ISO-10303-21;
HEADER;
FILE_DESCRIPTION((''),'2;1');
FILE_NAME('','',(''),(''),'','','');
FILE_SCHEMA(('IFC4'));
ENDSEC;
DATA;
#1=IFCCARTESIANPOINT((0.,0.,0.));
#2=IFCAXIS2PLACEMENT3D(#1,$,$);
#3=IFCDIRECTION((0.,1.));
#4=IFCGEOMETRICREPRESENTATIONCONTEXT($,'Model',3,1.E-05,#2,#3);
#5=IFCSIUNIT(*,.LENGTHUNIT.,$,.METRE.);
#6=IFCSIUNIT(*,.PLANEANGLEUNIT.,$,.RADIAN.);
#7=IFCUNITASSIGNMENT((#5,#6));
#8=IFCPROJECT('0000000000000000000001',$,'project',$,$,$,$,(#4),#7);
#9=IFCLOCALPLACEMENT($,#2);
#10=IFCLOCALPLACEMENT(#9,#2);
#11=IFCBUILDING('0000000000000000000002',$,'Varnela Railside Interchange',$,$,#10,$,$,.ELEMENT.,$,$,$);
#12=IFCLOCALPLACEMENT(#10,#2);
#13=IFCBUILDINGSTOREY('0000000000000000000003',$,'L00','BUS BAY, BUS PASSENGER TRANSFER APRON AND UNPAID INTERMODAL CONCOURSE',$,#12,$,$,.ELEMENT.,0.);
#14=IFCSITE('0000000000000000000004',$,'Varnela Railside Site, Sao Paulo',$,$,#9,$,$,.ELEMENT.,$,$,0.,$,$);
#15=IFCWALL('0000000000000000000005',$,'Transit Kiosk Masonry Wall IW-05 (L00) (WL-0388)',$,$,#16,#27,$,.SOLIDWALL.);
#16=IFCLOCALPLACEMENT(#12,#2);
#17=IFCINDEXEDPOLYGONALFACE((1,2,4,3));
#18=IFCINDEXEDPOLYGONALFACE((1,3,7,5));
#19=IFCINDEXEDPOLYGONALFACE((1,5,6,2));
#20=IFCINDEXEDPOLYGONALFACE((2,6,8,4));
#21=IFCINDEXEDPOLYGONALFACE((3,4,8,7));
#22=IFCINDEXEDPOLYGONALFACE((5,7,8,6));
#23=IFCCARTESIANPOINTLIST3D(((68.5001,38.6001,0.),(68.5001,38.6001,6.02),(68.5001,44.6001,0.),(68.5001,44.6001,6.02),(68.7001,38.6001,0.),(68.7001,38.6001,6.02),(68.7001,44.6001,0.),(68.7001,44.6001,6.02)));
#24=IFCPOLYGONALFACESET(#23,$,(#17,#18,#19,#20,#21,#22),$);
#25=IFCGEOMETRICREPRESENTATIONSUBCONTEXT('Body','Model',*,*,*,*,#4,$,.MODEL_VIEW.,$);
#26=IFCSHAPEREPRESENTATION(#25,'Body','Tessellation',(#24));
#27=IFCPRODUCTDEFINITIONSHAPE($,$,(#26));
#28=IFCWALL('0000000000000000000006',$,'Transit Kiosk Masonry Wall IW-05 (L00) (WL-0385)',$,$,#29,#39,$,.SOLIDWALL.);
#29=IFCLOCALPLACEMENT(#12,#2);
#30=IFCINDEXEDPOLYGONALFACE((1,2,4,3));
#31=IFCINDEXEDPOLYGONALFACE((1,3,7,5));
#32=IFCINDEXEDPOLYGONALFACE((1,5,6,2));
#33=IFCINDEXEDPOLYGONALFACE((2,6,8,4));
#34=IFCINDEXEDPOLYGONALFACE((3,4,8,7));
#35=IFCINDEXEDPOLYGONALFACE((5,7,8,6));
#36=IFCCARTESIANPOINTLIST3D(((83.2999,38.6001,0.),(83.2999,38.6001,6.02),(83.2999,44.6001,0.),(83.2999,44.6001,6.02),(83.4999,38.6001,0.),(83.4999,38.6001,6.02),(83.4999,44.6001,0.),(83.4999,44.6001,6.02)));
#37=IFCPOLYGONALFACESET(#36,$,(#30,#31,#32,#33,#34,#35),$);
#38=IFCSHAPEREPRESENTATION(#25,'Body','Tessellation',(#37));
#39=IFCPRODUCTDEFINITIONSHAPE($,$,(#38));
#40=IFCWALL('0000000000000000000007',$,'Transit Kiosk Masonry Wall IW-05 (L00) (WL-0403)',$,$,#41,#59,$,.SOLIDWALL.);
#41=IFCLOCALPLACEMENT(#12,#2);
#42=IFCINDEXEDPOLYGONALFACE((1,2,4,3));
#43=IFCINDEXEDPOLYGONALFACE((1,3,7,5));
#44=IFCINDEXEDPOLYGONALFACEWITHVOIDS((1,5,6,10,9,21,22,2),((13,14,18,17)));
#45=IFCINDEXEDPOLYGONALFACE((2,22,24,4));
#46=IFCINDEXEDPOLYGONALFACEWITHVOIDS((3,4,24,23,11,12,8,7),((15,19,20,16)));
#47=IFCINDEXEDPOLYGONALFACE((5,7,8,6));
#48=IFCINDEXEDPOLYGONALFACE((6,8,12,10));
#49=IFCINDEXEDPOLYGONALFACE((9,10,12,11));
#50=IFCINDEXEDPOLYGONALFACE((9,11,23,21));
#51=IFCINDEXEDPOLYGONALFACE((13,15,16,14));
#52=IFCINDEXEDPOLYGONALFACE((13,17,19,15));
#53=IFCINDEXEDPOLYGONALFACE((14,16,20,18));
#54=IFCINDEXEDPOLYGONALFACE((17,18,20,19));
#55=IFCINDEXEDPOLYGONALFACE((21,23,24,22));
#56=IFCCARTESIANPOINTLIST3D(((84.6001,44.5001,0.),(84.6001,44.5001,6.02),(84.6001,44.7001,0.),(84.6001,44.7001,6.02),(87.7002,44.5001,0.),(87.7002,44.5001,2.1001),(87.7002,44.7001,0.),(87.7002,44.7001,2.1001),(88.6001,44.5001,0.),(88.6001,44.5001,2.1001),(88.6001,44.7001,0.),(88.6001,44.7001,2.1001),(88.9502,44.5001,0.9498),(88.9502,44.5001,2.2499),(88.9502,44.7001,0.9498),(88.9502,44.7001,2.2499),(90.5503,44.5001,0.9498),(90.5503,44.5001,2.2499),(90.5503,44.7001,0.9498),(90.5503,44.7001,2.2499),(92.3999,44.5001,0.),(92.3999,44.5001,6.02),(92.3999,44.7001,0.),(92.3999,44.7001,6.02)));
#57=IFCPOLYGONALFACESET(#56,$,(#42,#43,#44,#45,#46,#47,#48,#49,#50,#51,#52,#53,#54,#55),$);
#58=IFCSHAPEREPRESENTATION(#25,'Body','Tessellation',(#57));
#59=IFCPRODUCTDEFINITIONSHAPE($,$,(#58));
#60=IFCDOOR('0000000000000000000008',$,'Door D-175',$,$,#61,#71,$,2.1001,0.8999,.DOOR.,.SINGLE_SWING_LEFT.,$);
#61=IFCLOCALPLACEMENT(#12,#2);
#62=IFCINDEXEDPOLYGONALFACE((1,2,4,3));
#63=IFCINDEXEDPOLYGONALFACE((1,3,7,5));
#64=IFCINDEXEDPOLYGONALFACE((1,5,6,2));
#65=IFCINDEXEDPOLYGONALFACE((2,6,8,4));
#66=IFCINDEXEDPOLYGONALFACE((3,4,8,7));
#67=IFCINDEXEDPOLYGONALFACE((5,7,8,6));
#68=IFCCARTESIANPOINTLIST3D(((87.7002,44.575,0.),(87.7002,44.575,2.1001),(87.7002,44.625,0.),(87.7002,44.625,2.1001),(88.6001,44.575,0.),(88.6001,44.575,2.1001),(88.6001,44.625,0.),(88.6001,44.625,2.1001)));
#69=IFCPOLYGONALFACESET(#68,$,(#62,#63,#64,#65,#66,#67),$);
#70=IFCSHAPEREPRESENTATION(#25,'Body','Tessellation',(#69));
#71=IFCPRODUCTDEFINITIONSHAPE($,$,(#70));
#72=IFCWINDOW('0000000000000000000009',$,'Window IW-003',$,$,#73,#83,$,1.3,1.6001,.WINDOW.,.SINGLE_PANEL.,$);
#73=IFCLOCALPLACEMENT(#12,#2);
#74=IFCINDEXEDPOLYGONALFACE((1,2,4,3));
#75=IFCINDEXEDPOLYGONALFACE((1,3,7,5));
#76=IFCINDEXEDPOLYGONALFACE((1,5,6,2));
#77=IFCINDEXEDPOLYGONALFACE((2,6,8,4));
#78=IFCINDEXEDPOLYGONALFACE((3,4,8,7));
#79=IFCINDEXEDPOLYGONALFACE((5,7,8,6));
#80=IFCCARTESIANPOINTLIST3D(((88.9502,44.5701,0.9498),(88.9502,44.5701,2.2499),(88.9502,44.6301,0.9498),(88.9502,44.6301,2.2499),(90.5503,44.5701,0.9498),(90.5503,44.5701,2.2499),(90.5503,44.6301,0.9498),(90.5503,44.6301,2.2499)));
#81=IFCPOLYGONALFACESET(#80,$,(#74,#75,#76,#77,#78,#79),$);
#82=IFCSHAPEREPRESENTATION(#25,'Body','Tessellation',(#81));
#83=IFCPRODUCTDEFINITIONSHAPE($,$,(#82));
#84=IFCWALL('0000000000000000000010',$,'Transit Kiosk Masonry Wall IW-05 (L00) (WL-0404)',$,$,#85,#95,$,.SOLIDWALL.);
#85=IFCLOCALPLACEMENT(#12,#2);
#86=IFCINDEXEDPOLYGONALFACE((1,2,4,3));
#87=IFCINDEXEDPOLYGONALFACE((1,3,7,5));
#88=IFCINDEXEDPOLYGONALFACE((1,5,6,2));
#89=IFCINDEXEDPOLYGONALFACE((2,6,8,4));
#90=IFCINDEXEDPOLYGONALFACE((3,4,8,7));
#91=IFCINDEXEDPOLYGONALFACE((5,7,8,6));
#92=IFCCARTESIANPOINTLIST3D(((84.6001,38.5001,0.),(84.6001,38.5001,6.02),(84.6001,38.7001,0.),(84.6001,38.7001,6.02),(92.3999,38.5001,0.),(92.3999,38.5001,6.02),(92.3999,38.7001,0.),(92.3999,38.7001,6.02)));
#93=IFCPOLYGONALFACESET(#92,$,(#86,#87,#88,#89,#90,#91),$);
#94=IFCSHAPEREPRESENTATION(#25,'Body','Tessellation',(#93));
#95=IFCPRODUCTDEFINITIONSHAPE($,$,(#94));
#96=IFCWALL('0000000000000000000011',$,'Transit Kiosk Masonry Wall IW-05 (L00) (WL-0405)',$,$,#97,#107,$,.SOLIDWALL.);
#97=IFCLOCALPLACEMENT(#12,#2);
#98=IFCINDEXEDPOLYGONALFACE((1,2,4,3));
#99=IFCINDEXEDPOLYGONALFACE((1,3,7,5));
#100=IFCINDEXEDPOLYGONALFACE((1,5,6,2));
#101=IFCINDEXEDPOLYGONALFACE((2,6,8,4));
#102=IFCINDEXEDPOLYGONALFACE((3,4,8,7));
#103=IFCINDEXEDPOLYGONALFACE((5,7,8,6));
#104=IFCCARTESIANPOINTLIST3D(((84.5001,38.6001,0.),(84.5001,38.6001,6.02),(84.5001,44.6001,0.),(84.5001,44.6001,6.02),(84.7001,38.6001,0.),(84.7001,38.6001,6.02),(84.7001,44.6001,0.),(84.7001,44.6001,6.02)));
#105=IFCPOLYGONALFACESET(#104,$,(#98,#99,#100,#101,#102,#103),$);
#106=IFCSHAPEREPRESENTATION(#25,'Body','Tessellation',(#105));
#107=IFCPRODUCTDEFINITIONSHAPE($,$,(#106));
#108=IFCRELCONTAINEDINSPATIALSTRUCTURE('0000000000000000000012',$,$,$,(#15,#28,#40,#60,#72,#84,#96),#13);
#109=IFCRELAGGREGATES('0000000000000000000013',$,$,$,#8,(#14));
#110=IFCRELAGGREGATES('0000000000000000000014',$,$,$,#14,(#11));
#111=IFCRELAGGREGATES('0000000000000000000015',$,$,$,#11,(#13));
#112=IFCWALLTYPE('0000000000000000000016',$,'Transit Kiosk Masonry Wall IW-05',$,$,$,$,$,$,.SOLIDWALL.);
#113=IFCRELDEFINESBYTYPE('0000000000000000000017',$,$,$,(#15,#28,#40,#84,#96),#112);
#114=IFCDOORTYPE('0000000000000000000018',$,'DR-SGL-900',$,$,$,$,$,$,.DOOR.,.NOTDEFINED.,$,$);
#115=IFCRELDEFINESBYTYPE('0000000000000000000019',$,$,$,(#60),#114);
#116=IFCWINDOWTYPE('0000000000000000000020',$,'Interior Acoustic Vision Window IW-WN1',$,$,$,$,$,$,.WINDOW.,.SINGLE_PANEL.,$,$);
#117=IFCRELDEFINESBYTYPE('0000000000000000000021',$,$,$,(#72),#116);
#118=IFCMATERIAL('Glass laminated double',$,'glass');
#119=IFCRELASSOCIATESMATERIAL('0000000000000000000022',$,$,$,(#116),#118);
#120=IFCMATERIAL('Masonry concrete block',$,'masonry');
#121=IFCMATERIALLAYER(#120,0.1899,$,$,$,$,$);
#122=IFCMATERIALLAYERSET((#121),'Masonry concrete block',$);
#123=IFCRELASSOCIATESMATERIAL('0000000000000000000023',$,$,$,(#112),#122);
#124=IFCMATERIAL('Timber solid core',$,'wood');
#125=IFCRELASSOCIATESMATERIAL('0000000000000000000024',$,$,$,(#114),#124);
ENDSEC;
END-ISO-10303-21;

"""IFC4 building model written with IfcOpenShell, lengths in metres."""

from ifc_helpers import new_model, si_unit, direction, frame, frame_2d, origin, place, context, subcontext, project, spatial, rectangle, extrude, material, layer, layer_set, type_object, element, fill, save


model = new_model("IFC4")

# Units and contexts
model_context = context("Model", 3, precision=1e-05, world=origin(), true_north=direction((0.0, 1.0)))
body_context = subcontext(model_context, "Body", "Model", "MODEL_VIEW")
ifc_project = project(units=[si_unit("LENGTHUNIT", "METRE"), si_unit("PLANEANGLEUNIT", "RADIAN")], contexts=[model_context])

# Site, building, storey
site_placement = place(None, origin())
site = spatial("IfcSite", under=ifc_project, at=site_placement, Name="Varnela Railside Site, Sao Paulo", CompositionType="ELEMENT", RefElevation=0.0)
building_placement = place(site_placement, origin())
building = spatial("IfcBuilding", under=site, at=building_placement, Name="Varnela Railside Interchange", CompositionType="ELEMENT")
storey_placement = place(building_placement, origin())
storey = spatial("IfcBuildingStorey", under=building, at=storey_placement, Name="L00", Description="BUS BAY, BUS PASSENGER TRANSFER APRON AND UNPAID INTERMODAL CONCOURSE", CompositionType="ELEMENT", Elevation=0.0)

# Shared definitions
ifc_material_1 = material(Name="Glass laminated double", Category="glass")
window_type = type_object("IfcWindowType", Name="Interior Acoustic Vision Window IW-WN1", PartitioningType="SINGLE_PANEL", PredefinedType="WINDOW", material=ifc_material_1)

# Walls
ifc_material_2 = material(Name="Masonry concrete block", Category="masonry")
ifc_layer_1 = layer(ifc_material_2, 0.1899)
ifc_layer_set_1 = layer_set([ifc_layer_1], Name="Masonry concrete block")
wall_type_1 = type_object("IfcWallType", Name="Transit Kiosk Masonry Wall IW-05", PredefinedType="SOLIDWALL", material=ifc_layer_set_1)
for number, where, z_axis, x_axis, name in (
    (1, (68.6001, 38.6001, 0.0), (0.0, 0.0, 1.0), (0.0, 1.0, 0.0), "Transit Kiosk Masonry Wall IW-05 (L00) (WL-0388)"),
    (2, (83.3999, 38.6001, 0.0), (0.0, 0.0, 1.0), (0.0, 1.0, 0.0), "Transit Kiosk Masonry Wall IW-05 (L00) (WL-0385)"),
):
    element("IfcWall", number, at=place(storey_placement, frame(where, z_axis=z_axis, x_axis=x_axis)), inside=storey, type_object=wall_type_1, Name=name, PredefinedType="SOLIDWALL", context=body_context, shape_type="SweptSolid", body=[
        extrude(rectangle(XDim=6.0, YDim=0.2, at=frame_2d((3.0, 0.0))), origin(), (0.0, 0.0, 1.0), 6.02),
    ])

# Wall, openings, door, window
wall_1_placement = place(storey_placement, frame((84.6001, 44.6001, 0.0), z_axis=(0.0, 0.0, 1.0), x_axis=(1.0, 0.0, 0.0)))
wall_1 = element("IfcWall", 3, at=wall_1_placement, inside=storey, type_object=wall_type_1, Name="Transit Kiosk Masonry Wall IW-05 (L00) (WL-0403)", PredefinedType="SOLIDWALL", context=body_context, shape_type="SweptSolid", body=[
    extrude(rectangle(XDim=7.7998, YDim=0.2, at=frame_2d((3.8999, 0.0))), origin(), (0.0, 0.0, 1.0), 6.02),
])
opening_1_placement = place(wall_1_placement, frame((3.1001, 0.0, 0.0)))
opening_1 = element("IfcOpeningElement", 4, at=opening_1_placement, cuts=wall_1, PredefinedType="OPENING", context=body_context, shape_type="SweptSolid", body=[
    extrude(rectangle(XDim=0.8999, YDim=2.1001, at=frame_2d((0.45, 1.05))), frame((0.0, 0.1099, 0.0), z_axis=(0.0, -1.0, 0.0), x_axis=(1.0, 0.0, 0.0)), (0.0, 0.0, 1.0), 0.22),
])
opening_2_placement = place(wall_1_placement, frame((4.3501, 0.0, 0.95)))
opening_2 = element("IfcOpeningElement", 5, at=opening_2_placement, cuts=wall_1, PredefinedType="OPENING", context=body_context, shape_type="SweptSolid", body=[
    extrude(rectangle(XDim=1.6001, YDim=1.3, at=frame_2d((0.8, 0.6499))), frame((0.0, 0.1099, 0.0), z_axis=(0.0, -1.0, 0.0), x_axis=(1.0, 0.0, 0.0)), (0.0, 0.0, 1.0), 0.22),
])
ifc_material_3 = material(Name="Timber solid core", Category="wood")
door_type_1 = type_object("IfcDoorType", Name="DR-SGL-900", OperationType="NOTDEFINED", PredefinedType="DOOR", material=ifc_material_3)
door_1_placement = place(opening_1_placement, origin())
door_1 = element("IfcDoor", 6, at=door_1_placement, inside=storey, type_object=door_type_1, Name="Door D-175", OperationType="SINGLE_SWING_LEFT", OverallHeight=2.1001, OverallWidth=0.8999, PredefinedType="DOOR", context=body_context, shape_type="SweptSolid", body=[
    extrude(rectangle(XDim=0.8999, YDim=2.1001, at=frame_2d((0.45, 1.05))), frame((0.0, 0.0249, 0.0), z_axis=(0.0, -1.0, 0.0), x_axis=(1.0, 0.0, 0.0)), (0.0, 0.0, 1.0), 0.05),
])
fill(opening_1, door_1)
window_1_placement = place(opening_2_placement, origin())
window_1 = element("IfcWindow", 7, at=window_1_placement, inside=storey, type_object=window_type, Name="Window IW-003", OverallHeight=1.3, OverallWidth=1.6001, PartitioningType="SINGLE_PANEL", PredefinedType="WINDOW", context=body_context, shape_type="SweptSolid", body=[
    extrude(rectangle(XDim=1.6001, YDim=1.3, at=frame_2d((0.8, 0.6499))), frame((0.0, 0.03, 0.0), z_axis=(0.0, -1.0, 0.0), x_axis=(1.0, 0.0, 0.0)), (0.0, 0.0, 1.0), 0.0601),
])
fill(opening_2, window_1)

# Walls
wall_2_placement = place(storey_placement, frame((84.6001, 38.6001, 0.0), z_axis=(0.0, 0.0, 1.0), x_axis=(1.0, 0.0, 0.0)))
element("IfcWall", 8, at=wall_2_placement, inside=storey, type_object=wall_type_1, Name="Transit Kiosk Masonry Wall IW-05 (L00) (WL-0404)", PredefinedType="SOLIDWALL", context=body_context, shape_type="SweptSolid", body=[
    extrude(rectangle(XDim=7.7998, YDim=0.2, at=frame_2d((3.8999, 0.0))), origin(), (0.0, 0.0, 1.0), 6.02),
])
wall_3_placement = place(storey_placement, frame((84.6001, 38.6001, 0.0), z_axis=(0.0, 0.0, 1.0), x_axis=(0.0, 1.0, 0.0)))
element("IfcWall", 9, at=wall_3_placement, inside=storey, type_object=wall_type_1, Name="Transit Kiosk Masonry Wall IW-05 (L00) (WL-0405)", PredefinedType="SOLIDWALL", context=body_context, shape_type="SweptSolid", body=[
    extrude(rectangle(XDim=6.0, YDim=0.2, at=frame_2d((3.0, 0.0))), origin(), (0.0, 0.0, 1.0), 6.02),
])

save(model, "model.ifc")
